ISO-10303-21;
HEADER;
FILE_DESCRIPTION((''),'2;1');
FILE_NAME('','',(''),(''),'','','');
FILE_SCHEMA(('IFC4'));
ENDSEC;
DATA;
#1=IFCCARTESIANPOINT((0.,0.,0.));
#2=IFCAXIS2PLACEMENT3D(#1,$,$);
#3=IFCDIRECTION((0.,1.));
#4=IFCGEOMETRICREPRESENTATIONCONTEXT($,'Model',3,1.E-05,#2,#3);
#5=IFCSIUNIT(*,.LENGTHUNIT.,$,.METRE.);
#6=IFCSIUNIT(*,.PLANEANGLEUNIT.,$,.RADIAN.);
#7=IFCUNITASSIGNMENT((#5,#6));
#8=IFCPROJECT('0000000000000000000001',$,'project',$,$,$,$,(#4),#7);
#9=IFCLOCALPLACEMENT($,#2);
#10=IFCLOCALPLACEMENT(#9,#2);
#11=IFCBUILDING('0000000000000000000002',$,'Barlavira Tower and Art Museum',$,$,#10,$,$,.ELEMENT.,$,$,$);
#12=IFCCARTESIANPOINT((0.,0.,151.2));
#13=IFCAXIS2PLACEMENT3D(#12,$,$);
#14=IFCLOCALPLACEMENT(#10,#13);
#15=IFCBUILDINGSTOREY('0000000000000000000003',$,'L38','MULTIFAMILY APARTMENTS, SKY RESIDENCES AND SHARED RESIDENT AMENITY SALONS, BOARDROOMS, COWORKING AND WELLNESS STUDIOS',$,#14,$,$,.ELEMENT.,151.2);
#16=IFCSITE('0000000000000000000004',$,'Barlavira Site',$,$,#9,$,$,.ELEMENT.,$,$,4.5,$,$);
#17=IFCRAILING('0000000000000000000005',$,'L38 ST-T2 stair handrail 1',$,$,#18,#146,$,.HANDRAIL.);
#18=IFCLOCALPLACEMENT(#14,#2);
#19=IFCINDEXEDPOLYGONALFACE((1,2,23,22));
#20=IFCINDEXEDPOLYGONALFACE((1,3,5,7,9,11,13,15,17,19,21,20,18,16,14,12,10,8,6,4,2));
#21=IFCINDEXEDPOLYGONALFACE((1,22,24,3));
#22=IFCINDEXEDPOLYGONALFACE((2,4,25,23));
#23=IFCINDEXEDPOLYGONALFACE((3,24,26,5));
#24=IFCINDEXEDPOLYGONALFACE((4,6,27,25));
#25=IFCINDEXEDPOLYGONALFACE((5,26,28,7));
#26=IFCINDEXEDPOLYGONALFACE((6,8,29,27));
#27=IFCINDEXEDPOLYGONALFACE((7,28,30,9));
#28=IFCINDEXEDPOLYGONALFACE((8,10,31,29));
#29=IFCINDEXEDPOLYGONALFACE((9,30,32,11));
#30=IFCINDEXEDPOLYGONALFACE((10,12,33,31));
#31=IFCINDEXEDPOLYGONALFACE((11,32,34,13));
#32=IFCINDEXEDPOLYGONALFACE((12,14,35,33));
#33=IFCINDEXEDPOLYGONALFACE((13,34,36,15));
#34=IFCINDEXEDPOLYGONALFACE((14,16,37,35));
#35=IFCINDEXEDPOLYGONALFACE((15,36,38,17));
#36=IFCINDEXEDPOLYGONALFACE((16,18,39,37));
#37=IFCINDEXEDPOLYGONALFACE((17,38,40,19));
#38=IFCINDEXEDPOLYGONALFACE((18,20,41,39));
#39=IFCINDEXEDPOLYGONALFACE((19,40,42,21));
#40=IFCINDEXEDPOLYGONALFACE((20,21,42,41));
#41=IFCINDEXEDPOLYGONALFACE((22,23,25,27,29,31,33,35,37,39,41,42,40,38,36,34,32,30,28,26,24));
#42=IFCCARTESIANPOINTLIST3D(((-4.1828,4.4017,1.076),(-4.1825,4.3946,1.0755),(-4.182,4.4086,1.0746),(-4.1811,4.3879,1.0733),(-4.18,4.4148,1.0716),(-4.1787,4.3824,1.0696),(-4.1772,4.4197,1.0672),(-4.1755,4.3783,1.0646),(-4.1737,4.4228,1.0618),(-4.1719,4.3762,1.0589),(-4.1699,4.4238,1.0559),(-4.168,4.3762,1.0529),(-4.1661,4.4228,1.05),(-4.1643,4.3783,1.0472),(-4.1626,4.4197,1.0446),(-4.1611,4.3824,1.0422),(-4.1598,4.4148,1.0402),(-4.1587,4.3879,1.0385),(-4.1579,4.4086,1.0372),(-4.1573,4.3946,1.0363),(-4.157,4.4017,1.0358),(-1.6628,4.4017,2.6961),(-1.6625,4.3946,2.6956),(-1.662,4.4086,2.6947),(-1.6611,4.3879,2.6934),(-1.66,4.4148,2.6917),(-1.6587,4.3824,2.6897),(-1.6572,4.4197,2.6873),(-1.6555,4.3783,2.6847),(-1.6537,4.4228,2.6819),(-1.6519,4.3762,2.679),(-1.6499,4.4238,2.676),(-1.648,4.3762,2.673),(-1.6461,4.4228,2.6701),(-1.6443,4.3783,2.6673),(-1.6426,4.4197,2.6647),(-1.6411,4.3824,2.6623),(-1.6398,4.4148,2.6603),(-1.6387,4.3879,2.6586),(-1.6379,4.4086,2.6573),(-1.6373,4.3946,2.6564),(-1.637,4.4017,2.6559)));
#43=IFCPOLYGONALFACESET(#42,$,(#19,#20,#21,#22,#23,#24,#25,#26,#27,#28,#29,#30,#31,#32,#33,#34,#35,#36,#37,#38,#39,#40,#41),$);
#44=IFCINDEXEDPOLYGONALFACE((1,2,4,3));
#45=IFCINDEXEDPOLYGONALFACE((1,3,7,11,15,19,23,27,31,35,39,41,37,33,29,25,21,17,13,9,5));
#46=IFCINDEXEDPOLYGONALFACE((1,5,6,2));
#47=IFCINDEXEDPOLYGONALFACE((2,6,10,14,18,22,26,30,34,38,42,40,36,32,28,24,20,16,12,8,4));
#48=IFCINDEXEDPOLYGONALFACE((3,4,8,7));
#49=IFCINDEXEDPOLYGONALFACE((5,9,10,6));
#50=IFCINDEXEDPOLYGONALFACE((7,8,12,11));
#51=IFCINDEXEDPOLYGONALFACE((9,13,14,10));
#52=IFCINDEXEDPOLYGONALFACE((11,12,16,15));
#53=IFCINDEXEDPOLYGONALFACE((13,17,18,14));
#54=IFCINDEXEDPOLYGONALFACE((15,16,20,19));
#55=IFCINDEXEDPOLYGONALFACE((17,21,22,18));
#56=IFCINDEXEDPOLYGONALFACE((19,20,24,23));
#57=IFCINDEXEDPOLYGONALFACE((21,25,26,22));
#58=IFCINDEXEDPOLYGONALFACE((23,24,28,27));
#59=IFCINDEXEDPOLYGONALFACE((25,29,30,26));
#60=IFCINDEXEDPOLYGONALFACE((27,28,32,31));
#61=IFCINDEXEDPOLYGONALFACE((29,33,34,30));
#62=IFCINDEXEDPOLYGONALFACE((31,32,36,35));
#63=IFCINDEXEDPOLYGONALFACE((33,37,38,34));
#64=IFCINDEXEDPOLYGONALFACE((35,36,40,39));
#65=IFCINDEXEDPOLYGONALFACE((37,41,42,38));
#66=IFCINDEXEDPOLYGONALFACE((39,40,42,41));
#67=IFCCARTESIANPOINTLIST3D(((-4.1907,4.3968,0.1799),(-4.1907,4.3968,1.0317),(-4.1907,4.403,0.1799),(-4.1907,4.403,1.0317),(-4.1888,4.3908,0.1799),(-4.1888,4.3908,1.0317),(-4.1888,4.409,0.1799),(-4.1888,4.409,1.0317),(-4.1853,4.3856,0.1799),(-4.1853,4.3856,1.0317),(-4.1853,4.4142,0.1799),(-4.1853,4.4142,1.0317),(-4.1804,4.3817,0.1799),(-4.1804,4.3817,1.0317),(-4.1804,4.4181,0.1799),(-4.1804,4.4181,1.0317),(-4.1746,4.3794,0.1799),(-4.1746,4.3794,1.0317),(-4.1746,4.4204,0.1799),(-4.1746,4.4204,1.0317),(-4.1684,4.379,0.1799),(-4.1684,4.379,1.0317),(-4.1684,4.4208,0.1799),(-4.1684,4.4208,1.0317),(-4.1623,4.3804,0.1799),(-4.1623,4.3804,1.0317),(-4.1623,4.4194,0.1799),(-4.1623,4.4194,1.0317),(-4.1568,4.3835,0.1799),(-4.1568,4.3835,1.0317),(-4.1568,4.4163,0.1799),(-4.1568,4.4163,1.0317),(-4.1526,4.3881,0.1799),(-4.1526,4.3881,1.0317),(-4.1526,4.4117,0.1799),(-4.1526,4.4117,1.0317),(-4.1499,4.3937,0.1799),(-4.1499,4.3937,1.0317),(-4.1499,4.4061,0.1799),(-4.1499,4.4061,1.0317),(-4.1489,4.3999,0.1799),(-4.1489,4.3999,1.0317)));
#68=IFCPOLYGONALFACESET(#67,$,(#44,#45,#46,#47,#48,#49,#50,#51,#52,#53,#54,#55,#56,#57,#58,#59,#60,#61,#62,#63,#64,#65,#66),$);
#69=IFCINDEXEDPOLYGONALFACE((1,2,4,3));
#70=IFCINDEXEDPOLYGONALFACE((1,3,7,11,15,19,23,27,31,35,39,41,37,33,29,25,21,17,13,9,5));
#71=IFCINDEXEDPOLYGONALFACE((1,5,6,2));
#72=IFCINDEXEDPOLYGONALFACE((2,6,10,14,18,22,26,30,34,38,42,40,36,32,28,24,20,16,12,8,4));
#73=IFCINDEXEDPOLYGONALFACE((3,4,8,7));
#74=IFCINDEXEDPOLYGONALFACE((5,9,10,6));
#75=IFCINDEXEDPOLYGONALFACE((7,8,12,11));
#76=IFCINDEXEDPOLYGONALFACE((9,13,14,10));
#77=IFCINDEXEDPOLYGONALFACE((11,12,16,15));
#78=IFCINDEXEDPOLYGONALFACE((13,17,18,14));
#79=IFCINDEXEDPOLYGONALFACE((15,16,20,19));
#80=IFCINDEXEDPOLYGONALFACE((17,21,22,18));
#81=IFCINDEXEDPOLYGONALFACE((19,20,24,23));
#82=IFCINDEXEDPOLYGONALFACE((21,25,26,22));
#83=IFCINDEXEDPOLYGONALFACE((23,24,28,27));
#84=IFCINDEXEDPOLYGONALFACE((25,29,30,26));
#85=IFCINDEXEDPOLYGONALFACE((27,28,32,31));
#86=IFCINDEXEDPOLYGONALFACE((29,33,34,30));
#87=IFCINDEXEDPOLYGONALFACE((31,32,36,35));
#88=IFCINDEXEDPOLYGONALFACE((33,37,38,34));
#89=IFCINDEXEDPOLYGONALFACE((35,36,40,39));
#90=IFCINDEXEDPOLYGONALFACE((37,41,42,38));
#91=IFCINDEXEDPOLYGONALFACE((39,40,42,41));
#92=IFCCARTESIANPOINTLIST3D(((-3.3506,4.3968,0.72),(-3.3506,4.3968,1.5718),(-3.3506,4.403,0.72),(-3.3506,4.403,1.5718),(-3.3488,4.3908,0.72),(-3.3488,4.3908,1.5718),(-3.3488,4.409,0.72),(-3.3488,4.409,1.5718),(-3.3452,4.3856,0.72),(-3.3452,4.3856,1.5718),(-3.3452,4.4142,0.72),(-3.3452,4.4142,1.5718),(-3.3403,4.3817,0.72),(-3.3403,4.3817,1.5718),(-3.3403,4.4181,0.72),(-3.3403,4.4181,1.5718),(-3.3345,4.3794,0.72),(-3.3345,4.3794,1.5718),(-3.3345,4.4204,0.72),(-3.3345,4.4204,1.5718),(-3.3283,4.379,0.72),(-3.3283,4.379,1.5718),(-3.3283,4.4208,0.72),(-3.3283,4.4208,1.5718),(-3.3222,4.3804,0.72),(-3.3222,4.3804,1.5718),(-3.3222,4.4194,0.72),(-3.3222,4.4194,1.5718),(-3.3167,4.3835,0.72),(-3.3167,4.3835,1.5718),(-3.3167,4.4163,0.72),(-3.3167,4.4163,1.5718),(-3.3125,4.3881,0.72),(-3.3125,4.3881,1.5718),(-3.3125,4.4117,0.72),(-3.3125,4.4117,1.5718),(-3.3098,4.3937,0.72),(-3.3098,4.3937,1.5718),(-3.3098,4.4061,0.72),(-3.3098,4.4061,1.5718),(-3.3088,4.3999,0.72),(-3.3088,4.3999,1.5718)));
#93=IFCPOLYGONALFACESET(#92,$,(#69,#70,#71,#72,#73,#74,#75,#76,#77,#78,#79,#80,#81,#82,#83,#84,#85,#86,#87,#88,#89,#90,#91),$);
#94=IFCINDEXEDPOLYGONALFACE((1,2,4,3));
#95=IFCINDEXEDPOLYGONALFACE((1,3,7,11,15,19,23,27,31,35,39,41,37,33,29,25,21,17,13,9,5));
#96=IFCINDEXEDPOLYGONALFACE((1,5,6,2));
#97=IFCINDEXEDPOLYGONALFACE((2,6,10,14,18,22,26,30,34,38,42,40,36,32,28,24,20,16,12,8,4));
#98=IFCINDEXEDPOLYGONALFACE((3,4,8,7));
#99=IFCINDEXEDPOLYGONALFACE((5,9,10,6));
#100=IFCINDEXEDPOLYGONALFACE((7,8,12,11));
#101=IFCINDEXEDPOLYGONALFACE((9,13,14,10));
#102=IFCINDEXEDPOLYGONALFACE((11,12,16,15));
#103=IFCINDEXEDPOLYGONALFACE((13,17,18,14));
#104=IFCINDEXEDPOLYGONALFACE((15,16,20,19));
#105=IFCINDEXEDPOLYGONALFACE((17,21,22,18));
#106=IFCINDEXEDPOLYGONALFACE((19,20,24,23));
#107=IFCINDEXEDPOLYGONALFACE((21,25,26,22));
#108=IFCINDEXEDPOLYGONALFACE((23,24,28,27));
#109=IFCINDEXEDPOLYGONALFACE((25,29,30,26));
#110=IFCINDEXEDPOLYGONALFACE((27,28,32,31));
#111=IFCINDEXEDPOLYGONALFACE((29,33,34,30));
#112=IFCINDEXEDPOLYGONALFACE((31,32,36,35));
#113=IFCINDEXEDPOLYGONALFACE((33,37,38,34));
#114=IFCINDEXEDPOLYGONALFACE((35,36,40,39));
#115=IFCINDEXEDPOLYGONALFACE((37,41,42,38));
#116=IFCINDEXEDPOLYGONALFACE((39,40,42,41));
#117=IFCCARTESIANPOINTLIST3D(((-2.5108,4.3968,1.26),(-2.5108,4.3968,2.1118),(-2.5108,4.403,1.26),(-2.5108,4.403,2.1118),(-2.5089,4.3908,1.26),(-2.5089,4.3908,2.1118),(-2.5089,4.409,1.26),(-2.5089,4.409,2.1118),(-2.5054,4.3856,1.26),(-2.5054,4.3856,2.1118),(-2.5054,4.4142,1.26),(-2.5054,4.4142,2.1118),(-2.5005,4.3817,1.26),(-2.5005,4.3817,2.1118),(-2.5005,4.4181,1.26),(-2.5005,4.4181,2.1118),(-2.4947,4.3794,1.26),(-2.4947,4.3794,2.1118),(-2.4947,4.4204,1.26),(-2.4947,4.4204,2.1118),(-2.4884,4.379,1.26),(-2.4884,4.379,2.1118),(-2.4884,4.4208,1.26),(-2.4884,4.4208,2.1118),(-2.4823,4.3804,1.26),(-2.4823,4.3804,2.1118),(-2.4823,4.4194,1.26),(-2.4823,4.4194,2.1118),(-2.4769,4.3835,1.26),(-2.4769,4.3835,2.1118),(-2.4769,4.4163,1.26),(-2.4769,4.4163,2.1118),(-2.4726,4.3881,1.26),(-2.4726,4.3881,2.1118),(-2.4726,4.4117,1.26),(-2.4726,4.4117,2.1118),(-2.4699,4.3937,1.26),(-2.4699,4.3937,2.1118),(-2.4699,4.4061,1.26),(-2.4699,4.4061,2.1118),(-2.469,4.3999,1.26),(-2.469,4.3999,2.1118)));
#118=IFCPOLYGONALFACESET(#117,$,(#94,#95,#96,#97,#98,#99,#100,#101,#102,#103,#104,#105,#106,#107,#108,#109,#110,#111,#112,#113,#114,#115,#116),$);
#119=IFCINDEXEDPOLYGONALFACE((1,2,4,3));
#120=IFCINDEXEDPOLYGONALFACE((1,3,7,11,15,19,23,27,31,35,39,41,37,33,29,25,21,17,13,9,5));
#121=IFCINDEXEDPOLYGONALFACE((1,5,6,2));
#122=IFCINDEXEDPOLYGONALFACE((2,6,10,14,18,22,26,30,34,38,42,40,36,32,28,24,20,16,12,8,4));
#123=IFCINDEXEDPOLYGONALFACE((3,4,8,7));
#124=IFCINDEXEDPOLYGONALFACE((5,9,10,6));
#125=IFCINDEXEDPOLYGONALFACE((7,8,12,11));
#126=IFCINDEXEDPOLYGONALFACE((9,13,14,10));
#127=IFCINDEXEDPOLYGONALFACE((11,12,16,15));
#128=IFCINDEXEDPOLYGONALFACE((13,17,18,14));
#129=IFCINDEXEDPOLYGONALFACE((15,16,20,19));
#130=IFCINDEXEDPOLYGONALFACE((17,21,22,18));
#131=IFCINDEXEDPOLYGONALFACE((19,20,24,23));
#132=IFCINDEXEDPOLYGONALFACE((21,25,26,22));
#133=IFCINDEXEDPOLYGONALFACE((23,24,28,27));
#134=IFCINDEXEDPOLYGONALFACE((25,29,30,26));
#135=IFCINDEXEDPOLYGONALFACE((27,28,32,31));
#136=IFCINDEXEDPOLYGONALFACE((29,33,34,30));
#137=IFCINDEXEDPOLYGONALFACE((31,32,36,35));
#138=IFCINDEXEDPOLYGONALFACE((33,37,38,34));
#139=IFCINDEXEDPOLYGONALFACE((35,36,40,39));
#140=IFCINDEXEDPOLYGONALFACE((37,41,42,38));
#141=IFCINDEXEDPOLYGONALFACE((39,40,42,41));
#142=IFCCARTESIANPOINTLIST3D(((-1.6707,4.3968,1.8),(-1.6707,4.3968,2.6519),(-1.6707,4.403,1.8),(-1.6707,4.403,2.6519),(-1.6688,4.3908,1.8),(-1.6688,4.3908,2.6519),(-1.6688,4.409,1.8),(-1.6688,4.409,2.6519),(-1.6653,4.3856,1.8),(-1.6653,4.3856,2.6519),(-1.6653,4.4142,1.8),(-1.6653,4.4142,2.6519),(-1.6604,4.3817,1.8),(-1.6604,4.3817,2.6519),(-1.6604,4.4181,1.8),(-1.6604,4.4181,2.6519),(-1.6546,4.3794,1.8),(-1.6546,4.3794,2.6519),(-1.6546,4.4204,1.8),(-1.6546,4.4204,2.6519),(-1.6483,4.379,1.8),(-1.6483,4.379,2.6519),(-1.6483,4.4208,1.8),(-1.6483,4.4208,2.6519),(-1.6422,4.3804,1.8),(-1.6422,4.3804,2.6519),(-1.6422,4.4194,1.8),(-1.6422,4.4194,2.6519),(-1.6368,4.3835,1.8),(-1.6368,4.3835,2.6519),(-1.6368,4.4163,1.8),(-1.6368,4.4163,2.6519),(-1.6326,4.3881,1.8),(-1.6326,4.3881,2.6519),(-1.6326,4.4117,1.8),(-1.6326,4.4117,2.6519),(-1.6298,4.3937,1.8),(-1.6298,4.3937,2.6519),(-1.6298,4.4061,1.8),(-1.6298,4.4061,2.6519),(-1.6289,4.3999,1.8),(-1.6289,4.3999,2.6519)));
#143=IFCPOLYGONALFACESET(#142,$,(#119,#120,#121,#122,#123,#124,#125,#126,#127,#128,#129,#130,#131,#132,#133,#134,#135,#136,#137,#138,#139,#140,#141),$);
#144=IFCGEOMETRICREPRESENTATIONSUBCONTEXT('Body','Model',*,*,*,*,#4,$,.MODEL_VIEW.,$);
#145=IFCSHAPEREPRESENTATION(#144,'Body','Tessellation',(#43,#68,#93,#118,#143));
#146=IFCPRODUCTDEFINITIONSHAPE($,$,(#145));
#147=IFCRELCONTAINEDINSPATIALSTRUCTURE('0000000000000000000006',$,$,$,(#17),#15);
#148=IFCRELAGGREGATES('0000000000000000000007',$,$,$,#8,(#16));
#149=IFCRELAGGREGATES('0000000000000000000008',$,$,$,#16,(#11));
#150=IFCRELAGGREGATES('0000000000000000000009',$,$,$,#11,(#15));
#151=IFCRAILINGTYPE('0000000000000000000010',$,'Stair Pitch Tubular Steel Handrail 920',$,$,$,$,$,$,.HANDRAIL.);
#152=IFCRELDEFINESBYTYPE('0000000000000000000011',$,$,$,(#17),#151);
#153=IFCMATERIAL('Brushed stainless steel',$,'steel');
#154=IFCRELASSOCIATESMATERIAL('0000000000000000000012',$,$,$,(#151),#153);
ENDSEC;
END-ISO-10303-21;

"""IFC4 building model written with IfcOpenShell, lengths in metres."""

from ifc_helpers import new_model, si_unit, direction, frame, origin, origin_2d, place, context, subcontext, project, spatial, circle, extrude, material, type_object, element, save


model = new_model("IFC4")

# Units and contexts
model_context = context("Model", 3, precision=1e-05, world=origin(), true_north=direction((0.0, 1.0)))
body_context = subcontext(model_context, "Body", "Model", "MODEL_VIEW")
ifc_project = project(units=[si_unit("LENGTHUNIT", "METRE"), si_unit("PLANEANGLEUNIT", "RADIAN")], contexts=[model_context])

# Site, building, storey
site_placement = place(None, origin())
site = spatial("IfcSite", under=ifc_project, at=site_placement, Name="Barlavira Site", CompositionType="ELEMENT", RefElevation=4.5)
building_placement = place(site_placement, origin())
building = spatial("IfcBuilding", under=site, at=building_placement, Name="Barlavira Tower and Art Museum", CompositionType="ELEMENT")
storey_placement = place(building_placement, frame((0.0, 0.0, 151.2)))
storey = spatial("IfcBuildingStorey", under=building, at=storey_placement, Name="L38", Description="MULTIFAMILY APARTMENTS, SKY RESIDENCES AND SHARED RESIDENT AMENITY SALONS, BOARDROOMS, COWORKING AND WELLNESS STUDIOS", CompositionType="ELEMENT", Elevation=151.2)

# Shared definitions
ifc_material_1 = material(Name="Brushed stainless steel", Category="steel")

# Railing
railing_type_1 = type_object("IfcRailingType", Name="Stair Pitch Tubular Steel Handrail 920", PredefinedType="HANDRAIL", material=ifc_material_1)
railing_1_placement = place(storey_placement, frame((-4.1699, 4.3999, 0.1799)))
element("IfcRailing", 1, at=railing_1_placement, inside=storey, type_object=railing_type_1, Name="L38 ST-T2 stair handrail 1", PredefinedType="HANDRAIL", context=body_context, shape_type="SweptSolid", body=[
    extrude(circle(Radius=0.0239, at=origin_2d()), frame((0.0, 0.0, 0.876), z_axis=(0.841163, 0.0, 0.540782), x_axis=(0.0, 1.0, 0.0)), (0.0, 0.0, 1.0), 2.9958),
    extrude(circle(Radius=0.021, at=origin_2d()), origin(), (0.0, 0.0, 1.0), 0.8518),
    extrude(circle(Radius=0.021, at=origin_2d()), frame((0.8401, 0.0, 0.54)), (0.0, 0.0, 1.0), 0.8518),
    extrude(circle(Radius=0.021, at=origin_2d()), frame((1.6799, 0.0, 1.0801)), (0.0, 0.0, 1.0), 0.8518),
    extrude(circle(Radius=0.021, at=origin_2d()), frame((2.52, 0.0, 1.6201)), (0.0, 0.0, 1.0), 0.8518),
])

save(model, "model.ifc")
